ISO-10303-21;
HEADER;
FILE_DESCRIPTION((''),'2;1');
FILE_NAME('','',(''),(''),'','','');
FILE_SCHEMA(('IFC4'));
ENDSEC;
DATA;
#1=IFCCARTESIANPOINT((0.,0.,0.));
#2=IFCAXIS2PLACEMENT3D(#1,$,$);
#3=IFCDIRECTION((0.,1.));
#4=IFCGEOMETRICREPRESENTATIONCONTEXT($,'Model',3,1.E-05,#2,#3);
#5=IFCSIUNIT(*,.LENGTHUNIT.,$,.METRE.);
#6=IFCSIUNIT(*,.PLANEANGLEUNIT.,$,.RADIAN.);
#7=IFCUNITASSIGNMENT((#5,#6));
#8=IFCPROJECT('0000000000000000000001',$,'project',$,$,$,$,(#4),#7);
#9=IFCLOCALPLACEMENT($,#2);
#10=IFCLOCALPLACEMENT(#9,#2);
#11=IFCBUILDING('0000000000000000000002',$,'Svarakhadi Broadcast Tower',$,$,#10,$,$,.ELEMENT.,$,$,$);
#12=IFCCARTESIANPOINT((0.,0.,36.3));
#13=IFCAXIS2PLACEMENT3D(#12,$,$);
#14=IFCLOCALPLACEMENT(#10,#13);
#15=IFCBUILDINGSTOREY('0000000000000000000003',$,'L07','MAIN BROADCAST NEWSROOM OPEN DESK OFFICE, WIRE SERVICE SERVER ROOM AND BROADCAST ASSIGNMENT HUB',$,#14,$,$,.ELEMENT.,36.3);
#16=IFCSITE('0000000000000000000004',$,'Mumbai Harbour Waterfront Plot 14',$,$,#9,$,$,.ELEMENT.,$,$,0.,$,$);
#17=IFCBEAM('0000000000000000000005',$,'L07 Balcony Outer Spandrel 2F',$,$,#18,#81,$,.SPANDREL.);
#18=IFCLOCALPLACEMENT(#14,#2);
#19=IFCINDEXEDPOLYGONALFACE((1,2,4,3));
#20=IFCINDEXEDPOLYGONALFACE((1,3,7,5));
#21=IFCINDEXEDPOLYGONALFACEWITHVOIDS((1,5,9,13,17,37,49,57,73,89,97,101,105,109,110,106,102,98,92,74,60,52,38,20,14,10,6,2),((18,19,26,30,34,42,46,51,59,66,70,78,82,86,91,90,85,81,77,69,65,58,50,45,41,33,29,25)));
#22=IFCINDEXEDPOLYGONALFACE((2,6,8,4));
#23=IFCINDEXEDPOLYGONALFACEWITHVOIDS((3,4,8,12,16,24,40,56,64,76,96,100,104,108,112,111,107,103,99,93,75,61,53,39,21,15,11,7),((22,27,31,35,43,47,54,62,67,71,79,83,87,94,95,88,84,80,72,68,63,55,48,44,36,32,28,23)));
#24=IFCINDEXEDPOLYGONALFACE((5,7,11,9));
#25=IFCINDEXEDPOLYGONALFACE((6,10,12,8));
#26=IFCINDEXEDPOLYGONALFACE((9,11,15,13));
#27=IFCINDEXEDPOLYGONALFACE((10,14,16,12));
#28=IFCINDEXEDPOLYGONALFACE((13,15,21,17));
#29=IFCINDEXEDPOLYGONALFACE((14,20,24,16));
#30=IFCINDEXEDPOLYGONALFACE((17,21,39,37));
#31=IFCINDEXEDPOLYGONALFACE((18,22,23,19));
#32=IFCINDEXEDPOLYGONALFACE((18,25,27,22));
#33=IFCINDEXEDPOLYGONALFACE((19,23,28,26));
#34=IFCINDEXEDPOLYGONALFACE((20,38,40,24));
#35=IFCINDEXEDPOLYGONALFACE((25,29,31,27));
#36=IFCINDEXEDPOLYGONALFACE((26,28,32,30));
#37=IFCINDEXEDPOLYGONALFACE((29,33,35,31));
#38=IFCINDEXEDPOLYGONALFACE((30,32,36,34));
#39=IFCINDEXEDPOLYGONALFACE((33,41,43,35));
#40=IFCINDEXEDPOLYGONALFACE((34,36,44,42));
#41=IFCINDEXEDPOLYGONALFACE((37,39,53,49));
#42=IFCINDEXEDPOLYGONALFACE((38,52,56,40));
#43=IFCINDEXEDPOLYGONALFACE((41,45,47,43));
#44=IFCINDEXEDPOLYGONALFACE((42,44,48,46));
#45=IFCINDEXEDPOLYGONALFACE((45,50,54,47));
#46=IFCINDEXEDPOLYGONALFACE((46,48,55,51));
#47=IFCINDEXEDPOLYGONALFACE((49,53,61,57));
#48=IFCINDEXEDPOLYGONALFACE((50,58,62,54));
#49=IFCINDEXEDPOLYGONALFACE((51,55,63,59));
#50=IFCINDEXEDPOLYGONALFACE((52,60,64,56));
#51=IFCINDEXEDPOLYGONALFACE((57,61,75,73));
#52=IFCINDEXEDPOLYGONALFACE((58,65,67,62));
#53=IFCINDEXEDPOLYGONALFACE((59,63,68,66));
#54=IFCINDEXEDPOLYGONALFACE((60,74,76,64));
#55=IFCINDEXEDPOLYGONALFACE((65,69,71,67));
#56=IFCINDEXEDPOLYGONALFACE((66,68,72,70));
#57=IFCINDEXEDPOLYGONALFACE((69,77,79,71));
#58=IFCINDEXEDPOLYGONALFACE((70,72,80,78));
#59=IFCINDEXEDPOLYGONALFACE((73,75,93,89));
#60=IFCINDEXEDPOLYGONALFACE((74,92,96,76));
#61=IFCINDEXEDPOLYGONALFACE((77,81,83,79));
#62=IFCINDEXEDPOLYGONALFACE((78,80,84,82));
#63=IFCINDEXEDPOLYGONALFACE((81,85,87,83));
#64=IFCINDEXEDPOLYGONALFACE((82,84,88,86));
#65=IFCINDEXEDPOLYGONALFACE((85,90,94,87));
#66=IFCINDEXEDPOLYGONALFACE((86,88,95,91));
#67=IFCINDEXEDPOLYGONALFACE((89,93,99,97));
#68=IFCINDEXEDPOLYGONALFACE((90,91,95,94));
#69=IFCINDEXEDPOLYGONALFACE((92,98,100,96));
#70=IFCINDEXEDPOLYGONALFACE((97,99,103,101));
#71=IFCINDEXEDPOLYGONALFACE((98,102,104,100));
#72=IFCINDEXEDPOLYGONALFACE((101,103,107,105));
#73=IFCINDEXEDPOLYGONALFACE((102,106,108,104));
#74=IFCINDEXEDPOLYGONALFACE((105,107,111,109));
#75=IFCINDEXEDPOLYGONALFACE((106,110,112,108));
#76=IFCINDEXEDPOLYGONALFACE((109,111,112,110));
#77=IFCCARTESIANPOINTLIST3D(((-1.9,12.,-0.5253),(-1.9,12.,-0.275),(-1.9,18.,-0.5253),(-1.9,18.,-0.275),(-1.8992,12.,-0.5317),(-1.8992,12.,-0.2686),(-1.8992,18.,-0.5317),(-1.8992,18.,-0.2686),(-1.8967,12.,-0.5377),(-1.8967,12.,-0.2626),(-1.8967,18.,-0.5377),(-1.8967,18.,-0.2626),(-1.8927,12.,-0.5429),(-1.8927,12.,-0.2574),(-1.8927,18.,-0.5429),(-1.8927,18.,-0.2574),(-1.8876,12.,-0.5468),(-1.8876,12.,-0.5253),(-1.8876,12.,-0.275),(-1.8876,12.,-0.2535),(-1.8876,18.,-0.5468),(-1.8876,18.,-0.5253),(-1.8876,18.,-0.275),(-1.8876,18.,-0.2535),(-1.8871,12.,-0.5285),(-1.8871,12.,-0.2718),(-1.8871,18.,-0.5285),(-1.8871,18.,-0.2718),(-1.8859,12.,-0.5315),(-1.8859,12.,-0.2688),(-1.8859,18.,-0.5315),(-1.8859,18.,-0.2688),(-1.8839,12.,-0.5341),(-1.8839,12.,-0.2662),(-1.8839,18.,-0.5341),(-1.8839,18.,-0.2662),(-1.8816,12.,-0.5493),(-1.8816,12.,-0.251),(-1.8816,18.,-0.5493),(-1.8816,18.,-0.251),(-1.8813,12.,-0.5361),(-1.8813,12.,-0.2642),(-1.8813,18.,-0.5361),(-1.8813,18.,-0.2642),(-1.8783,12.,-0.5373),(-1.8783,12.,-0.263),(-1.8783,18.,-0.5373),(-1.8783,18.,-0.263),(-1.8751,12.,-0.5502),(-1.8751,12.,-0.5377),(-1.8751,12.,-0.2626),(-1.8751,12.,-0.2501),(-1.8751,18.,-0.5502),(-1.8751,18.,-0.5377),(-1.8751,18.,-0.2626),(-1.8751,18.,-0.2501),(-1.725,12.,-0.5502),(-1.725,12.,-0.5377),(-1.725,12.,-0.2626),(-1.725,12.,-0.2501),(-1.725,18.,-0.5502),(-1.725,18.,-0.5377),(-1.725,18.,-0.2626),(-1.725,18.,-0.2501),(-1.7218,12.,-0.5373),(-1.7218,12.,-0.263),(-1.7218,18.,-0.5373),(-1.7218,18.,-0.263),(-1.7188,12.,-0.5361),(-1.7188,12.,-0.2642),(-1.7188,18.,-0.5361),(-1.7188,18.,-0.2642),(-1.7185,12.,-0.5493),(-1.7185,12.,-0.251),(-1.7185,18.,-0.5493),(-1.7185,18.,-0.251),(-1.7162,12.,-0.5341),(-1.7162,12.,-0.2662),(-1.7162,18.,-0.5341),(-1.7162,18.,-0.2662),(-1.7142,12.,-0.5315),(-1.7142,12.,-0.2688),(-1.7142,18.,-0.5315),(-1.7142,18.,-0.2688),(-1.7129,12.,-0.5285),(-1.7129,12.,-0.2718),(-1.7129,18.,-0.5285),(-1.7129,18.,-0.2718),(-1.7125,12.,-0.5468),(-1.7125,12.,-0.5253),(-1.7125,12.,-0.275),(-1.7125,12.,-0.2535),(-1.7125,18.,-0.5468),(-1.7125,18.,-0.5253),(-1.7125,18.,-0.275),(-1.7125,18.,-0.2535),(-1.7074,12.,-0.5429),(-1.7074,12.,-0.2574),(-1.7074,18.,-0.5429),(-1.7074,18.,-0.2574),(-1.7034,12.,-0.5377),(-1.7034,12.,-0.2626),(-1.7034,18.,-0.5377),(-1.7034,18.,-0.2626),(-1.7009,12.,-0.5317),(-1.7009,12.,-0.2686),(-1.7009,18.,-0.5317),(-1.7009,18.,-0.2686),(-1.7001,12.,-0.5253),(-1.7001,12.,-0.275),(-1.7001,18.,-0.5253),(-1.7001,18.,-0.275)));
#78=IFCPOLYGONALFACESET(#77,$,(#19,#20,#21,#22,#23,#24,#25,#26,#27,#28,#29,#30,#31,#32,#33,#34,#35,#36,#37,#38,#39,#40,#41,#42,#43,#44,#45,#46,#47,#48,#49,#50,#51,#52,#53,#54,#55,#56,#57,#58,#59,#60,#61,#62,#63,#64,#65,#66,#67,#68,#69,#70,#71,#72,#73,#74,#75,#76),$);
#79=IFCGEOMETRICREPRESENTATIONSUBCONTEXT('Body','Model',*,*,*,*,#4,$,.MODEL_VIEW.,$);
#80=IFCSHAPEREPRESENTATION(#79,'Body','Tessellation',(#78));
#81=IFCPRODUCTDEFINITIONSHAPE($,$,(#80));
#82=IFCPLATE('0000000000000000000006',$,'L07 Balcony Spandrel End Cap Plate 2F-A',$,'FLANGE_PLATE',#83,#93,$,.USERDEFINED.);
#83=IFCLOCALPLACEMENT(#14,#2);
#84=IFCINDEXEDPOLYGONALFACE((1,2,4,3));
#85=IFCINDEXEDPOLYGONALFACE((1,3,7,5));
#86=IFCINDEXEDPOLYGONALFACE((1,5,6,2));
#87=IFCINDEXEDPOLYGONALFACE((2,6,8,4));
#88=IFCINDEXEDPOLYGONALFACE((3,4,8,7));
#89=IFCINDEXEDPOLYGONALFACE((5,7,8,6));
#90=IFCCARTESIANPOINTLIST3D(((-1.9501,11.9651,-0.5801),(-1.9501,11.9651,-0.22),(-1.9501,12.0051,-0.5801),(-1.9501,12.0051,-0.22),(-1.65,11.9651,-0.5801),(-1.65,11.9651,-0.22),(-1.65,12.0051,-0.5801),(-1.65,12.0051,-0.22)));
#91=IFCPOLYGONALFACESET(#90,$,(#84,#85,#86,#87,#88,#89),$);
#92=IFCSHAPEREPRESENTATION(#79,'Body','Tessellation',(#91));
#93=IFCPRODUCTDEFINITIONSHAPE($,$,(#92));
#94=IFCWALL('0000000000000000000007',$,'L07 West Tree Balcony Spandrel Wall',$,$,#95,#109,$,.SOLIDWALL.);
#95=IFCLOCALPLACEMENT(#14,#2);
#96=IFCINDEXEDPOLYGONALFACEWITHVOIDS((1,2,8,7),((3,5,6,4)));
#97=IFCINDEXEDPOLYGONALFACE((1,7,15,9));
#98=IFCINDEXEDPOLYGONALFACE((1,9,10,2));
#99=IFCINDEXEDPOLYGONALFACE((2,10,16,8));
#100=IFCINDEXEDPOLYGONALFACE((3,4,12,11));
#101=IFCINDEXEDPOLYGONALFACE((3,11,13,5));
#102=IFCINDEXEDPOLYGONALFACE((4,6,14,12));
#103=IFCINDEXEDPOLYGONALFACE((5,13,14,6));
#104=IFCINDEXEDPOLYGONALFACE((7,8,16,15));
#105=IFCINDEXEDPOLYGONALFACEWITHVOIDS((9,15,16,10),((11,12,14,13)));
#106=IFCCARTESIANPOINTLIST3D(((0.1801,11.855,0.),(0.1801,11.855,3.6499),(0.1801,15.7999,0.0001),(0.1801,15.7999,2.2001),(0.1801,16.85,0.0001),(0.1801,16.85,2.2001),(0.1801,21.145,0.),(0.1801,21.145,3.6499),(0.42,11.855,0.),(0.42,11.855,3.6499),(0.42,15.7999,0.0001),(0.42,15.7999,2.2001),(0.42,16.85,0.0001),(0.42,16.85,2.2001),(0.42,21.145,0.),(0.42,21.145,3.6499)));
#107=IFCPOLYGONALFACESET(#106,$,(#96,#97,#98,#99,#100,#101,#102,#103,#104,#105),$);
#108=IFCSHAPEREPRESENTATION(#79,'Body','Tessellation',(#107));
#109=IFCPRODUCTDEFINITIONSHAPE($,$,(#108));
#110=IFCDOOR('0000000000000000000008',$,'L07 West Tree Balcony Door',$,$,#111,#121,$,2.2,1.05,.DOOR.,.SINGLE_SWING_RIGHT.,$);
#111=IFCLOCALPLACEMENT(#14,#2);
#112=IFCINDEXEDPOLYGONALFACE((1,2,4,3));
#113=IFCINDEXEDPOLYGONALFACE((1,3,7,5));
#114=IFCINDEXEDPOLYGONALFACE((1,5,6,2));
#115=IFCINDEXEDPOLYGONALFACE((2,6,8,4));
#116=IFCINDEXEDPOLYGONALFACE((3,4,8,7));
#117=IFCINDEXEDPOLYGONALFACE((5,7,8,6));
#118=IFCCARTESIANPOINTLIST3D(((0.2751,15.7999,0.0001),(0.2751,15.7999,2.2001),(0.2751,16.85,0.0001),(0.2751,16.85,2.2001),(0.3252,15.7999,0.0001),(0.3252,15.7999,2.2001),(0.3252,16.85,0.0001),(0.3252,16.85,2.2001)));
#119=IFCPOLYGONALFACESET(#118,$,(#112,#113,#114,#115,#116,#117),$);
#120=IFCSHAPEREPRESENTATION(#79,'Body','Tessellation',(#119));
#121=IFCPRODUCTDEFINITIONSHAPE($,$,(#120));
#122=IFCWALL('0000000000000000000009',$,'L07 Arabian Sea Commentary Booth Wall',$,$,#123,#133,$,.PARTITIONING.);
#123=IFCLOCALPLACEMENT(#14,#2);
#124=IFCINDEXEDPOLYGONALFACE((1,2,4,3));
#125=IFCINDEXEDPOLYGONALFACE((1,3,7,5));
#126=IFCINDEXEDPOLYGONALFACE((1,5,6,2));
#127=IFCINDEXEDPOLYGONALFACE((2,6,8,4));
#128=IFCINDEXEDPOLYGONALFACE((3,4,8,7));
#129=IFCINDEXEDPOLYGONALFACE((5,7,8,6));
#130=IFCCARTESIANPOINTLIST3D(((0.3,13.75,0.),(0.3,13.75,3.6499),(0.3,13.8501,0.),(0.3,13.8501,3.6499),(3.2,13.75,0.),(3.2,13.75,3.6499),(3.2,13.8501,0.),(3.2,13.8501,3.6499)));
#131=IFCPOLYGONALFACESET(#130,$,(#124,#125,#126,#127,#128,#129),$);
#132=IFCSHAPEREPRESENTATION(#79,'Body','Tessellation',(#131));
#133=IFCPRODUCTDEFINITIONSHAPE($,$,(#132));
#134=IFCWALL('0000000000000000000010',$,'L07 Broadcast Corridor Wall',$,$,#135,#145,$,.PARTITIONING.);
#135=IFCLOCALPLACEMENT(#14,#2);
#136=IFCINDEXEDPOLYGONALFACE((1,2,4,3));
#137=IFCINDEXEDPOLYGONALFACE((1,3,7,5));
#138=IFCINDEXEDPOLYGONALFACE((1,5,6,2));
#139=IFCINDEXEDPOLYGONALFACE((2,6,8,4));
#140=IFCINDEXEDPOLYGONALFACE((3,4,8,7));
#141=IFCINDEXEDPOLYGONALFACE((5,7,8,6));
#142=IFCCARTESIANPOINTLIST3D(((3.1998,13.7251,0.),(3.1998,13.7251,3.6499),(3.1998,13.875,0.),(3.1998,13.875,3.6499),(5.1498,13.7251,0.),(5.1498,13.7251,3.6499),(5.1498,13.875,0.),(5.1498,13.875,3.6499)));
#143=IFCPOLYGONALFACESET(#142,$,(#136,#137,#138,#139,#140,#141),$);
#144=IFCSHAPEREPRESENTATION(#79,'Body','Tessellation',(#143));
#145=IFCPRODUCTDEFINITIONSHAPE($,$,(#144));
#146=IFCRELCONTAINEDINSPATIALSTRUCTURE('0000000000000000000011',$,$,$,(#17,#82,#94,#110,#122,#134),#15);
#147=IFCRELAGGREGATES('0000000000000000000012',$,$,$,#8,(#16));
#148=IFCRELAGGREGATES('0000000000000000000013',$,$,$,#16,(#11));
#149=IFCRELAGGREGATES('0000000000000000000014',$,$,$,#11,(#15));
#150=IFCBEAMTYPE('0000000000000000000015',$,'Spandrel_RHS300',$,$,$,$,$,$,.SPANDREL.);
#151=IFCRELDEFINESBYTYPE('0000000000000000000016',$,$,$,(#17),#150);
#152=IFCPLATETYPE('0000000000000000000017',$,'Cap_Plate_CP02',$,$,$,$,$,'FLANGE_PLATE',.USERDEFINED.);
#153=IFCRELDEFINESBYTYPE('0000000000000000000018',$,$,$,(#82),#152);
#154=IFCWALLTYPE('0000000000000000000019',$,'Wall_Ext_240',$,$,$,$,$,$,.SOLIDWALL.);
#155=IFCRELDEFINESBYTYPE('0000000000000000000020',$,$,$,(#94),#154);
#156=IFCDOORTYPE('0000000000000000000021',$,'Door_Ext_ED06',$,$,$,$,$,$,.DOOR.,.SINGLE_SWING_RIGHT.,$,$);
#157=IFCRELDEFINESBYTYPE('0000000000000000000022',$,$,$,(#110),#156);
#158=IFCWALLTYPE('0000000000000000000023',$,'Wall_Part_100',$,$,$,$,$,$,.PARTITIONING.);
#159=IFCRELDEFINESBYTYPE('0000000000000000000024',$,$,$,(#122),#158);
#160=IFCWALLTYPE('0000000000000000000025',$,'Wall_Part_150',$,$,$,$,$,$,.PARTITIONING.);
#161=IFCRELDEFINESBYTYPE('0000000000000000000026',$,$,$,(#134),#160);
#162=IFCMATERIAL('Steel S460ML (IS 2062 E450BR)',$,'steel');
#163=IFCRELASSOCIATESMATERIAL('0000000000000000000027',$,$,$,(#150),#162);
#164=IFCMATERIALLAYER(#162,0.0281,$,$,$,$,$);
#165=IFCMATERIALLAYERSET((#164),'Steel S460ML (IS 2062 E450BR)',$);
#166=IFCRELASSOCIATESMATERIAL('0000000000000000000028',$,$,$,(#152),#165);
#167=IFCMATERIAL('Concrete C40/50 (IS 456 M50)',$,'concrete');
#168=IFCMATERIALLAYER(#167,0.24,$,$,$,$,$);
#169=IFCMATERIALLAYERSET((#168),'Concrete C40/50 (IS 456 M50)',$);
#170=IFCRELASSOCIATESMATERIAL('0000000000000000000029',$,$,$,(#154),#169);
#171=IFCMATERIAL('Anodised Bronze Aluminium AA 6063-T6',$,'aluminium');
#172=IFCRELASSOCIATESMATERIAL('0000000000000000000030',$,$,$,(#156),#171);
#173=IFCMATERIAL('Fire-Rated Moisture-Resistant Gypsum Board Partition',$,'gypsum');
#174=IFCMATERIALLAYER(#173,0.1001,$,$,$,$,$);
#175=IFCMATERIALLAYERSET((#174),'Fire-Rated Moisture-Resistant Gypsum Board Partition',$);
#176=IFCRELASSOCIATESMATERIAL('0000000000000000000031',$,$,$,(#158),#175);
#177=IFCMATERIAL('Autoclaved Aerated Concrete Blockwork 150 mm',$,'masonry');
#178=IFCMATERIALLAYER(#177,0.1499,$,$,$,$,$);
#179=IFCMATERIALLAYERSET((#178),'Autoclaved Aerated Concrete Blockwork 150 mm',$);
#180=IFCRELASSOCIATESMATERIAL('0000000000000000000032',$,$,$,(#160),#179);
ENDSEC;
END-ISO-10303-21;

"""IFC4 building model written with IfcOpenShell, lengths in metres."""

from ifc_helpers import new_model, si_unit, direction, frame, frame_2d, origin, origin_2d, place, context, subcontext, project, spatial, rectangle, hollow_rectangle, extrude, material, layer, layer_set, material_profile, profile_set, type_object, element, fill, save


model = new_model("IFC4")

# Units and contexts
model_context = context("Model", 3, precision=1e-05, world=origin(), true_north=direction((0.0, 1.0)))
body_context = subcontext(model_context, "Body", "Model", "MODEL_VIEW")
ifc_project = project(units=[si_unit("LENGTHUNIT", "METRE"), si_unit("PLANEANGLEUNIT", "RADIAN")], contexts=[model_context])

# Site, building, storey
site_placement = place(None, origin())
site = spatial("IfcSite", under=ifc_project, at=site_placement, Name="Mumbai Harbour Waterfront Plot 14", CompositionType="ELEMENT", RefElevation=0.0)
building_placement = place(site_placement, origin())
building = spatial("IfcBuilding", under=site, at=building_placement, Name="Svarakhadi Broadcast Tower", CompositionType="ELEMENT")
storey_placement = place(building_placement, frame((0.0, 0.0, 36.3)))
storey = spatial("IfcBuildingStorey", under=building, at=storey_placement, Name="L07", Description="MAIN BROADCAST NEWSROOM OPEN DESK OFFICE, WIRE SERVICE SERVER ROOM AND BROADCAST ASSIGNMENT HUB", CompositionType="ELEMENT", Elevation=36.3)

# Shared definitions
ifc_material_1 = material(Name="Steel S460ML (IS 2062 E450BR)", Category="steel")

# Shared definitions
ifc_material_2 = material(Name="Anodised Bronze Aluminium AA 6063-T6", Category="aluminium")

# Beam
ifc_material_profile_1 = material_profile(ifc_material_1, hollow_rectangle(XDim=0.2, YDim=0.3, WallThickness=0.0125, InnerFilletRadius=0.0125, OuterFilletRadius=0.0249, at=origin_2d()), Name="RHS 300x200x12.5")
ifc_profile_set_1 = profile_set([ifc_material_profile_1], Name="Steel S460ML (IS 2062 E450BR)")
beam_type_1 = type_object("IfcBeamType", Name="Spandrel_RHS300", PredefinedType="SPANDREL", material=ifc_profile_set_1)
beam_1_placement = place(storey_placement, frame((-1.8, 12.0, -0.4001), z_axis=(0.0, 1.0, 0.0), x_axis=(-1.0, 0.0, 0.0)))
element("IfcBeam", 1, at=beam_1_placement, inside=storey, type_object=beam_type_1, Name="L07 Balcony Outer Spandrel 2F", PredefinedType="SPANDREL", context=body_context, shape_type="SweptSolid", body=[
    extrude(hollow_rectangle(XDim=0.2, YDim=0.3, WallThickness=0.0125, InnerFilletRadius=0.0125, OuterFilletRadius=0.0249, at=origin_2d()), origin(), (0.0, 0.0, 1.0), 6.0),
])

# Plate
ifc_layer_1 = layer(ifc_material_1, 0.0281)
ifc_layer_set_1 = layer_set([ifc_layer_1], Name="Steel S460ML (IS 2062 E450BR)")
plate_type = type_object("IfcPlateType", Name="Cap_Plate_CP02", ElementType="FLANGE_PLATE", PredefinedType="USERDEFINED", material=ifc_layer_set_1)
plate_placement = place(storey_placement, frame((-1.8, 11.9851, -0.5801), z_axis=(0.0, 0.0, 1.0), x_axis=(1.0, 0.0, 0.0)))
element("IfcPlate", 2, at=plate_placement, inside=storey, type_object=plate_type, Name="L07 Balcony Spandrel End Cap Plate 2F-A", ObjectType="FLANGE_PLATE", PredefinedType="USERDEFINED", context=body_context, shape_type="SweptSolid", body=[
    extrude(rectangle(XDim=0.3, YDim=0.04, at=origin_2d()), origin(), (0.0, 0.0, 1.0), 0.3601),
])

# Wall, opening, door
ifc_material_3 = material(Name="Concrete C40/50 (IS 456 M50)", Category="concrete")
ifc_layer_2 = layer(ifc_material_3, 0.24)
ifc_layer_set_2 = layer_set([ifc_layer_2], Name="Concrete C40/50 (IS 456 M50)")
wall_type_1 = type_object("IfcWallType", Name="Wall_Ext_240", PredefinedType="SOLIDWALL", material=ifc_layer_set_2)
wall_1_placement = place(storey_placement, frame((0.3, 11.855, 0.0), z_axis=(0.0, 0.0, 1.0), x_axis=(0.0, 1.0, 0.0)))
wall_1 = element("IfcWall", 3, at=wall_1_placement, inside=storey, type_object=wall_type_1, Name="L07 West Tree Balcony Spandrel Wall", PredefinedType="SOLIDWALL", context=body_context, shape_type="SweptSolid", body=[
    extrude(rectangle(XDim=9.29, YDim=0.24, at=frame_2d((4.645, 0.0))), origin(), (0.0, 0.0, 1.0), 3.6499),
])
opening_1_placement = place(wall_1_placement, frame((3.9451, 0.0, 0.0)))
opening_1 = element("IfcOpeningElement", 4, at=opening_1_placement, cuts=wall_1, PredefinedType="OPENING", context=body_context, shape_type="SweptSolid", body=[
    extrude(rectangle(XDim=1.05, YDim=2.2, at=frame_2d((0.5249, 1.1001))), frame((0.0, 0.1299, 0.0), z_axis=(0.0, -1.0, 0.0), x_axis=(1.0, 0.0, 0.0)), (0.0, 0.0, 1.0), 0.26),
])
door_type_1 = type_object("IfcDoorType", Name="Door_Ext_ED06", OperationType="SINGLE_SWING_RIGHT", PredefinedType="DOOR", material=ifc_material_2)
door_1_placement = place(opening_1_placement, origin())
door_1 = element("IfcDoor", 5, at=door_1_placement, inside=storey, type_object=door_type_1, Name="L07 West Tree Balcony Door", OperationType="SINGLE_SWING_RIGHT", OverallHeight=2.2, OverallWidth=1.05, PredefinedType="DOOR", context=body_context, shape_type="SweptSolid", body=[
    extrude(rectangle(XDim=1.05, YDim=2.2, at=frame_2d((0.5249, 1.1001))), frame((0.0, 0.0249, 0.0), z_axis=(0.0, -1.0, 0.0), x_axis=(1.0, 0.0, 0.0)), (0.0, 0.0, 1.0), 0.05),
])
fill(opening_1, door_1)

# Walls
ifc_material_4 = material(Name="Fire-Rated Moisture-Resistant Gypsum Board Partition", Category="gypsum")
ifc_layer_3 = layer(ifc_material_4, 0.1001)
ifc_layer_set_3 = layer_set([ifc_layer_3], Name="Fire-Rated Moisture-Resistant Gypsum Board Partition")
wall_type_2 = type_object("IfcWallType", Name="Wall_Part_100", PredefinedType="PARTITIONING", material=ifc_layer_set_3)
wall_2_placement = place(storey_placement, frame((0.3, 13.8, 0.0), z_axis=(0.0, 0.0, 1.0), x_axis=(1.0, 0.0, 0.0)))
element("IfcWall", 6, at=wall_2_placement, inside=storey, type_object=wall_type_2, Name="L07 Arabian Sea Commentary Booth Wall", PredefinedType="PARTITIONING", context=body_context, shape_type="SweptSolid", body=[
    extrude(rectangle(XDim=2.8999, YDim=0.1001, at=frame_2d((1.45, 0.0))), origin(), (0.0, 0.0, 1.0), 3.6499),
])
ifc_material_5 = material(Name="Autoclaved Aerated Concrete Blockwork 150 mm", Category="masonry")
ifc_layer_4 = layer(ifc_material_5, 0.1499)
ifc_layer_set_4 = layer_set([ifc_layer_4], Name="Autoclaved Aerated Concrete Blockwork 150 mm")
wall_type_3 = type_object("IfcWallType", Name="Wall_Part_150", PredefinedType="PARTITIONING", material=ifc_layer_set_4)
wall_3_placement = place(storey_placement, frame((5.1499, 13.8, 0.0), z_axis=(0.0, 0.0, 1.0), x_axis=(-1.0, 0.0, 0.0)))
element("IfcWall", 7, at=wall_3_placement, inside=storey, type_object=wall_type_3, Name="L07 Broadcast Corridor Wall", PredefinedType="PARTITIONING", context=body_context, shape_type="SweptSolid", body=[
    extrude(rectangle(XDim=1.95, YDim=0.1499, at=frame_2d((0.9751, 0.0))), origin(), (0.0, 0.0, 1.0), 3.6499),
])

save(model, "model.ifc")
